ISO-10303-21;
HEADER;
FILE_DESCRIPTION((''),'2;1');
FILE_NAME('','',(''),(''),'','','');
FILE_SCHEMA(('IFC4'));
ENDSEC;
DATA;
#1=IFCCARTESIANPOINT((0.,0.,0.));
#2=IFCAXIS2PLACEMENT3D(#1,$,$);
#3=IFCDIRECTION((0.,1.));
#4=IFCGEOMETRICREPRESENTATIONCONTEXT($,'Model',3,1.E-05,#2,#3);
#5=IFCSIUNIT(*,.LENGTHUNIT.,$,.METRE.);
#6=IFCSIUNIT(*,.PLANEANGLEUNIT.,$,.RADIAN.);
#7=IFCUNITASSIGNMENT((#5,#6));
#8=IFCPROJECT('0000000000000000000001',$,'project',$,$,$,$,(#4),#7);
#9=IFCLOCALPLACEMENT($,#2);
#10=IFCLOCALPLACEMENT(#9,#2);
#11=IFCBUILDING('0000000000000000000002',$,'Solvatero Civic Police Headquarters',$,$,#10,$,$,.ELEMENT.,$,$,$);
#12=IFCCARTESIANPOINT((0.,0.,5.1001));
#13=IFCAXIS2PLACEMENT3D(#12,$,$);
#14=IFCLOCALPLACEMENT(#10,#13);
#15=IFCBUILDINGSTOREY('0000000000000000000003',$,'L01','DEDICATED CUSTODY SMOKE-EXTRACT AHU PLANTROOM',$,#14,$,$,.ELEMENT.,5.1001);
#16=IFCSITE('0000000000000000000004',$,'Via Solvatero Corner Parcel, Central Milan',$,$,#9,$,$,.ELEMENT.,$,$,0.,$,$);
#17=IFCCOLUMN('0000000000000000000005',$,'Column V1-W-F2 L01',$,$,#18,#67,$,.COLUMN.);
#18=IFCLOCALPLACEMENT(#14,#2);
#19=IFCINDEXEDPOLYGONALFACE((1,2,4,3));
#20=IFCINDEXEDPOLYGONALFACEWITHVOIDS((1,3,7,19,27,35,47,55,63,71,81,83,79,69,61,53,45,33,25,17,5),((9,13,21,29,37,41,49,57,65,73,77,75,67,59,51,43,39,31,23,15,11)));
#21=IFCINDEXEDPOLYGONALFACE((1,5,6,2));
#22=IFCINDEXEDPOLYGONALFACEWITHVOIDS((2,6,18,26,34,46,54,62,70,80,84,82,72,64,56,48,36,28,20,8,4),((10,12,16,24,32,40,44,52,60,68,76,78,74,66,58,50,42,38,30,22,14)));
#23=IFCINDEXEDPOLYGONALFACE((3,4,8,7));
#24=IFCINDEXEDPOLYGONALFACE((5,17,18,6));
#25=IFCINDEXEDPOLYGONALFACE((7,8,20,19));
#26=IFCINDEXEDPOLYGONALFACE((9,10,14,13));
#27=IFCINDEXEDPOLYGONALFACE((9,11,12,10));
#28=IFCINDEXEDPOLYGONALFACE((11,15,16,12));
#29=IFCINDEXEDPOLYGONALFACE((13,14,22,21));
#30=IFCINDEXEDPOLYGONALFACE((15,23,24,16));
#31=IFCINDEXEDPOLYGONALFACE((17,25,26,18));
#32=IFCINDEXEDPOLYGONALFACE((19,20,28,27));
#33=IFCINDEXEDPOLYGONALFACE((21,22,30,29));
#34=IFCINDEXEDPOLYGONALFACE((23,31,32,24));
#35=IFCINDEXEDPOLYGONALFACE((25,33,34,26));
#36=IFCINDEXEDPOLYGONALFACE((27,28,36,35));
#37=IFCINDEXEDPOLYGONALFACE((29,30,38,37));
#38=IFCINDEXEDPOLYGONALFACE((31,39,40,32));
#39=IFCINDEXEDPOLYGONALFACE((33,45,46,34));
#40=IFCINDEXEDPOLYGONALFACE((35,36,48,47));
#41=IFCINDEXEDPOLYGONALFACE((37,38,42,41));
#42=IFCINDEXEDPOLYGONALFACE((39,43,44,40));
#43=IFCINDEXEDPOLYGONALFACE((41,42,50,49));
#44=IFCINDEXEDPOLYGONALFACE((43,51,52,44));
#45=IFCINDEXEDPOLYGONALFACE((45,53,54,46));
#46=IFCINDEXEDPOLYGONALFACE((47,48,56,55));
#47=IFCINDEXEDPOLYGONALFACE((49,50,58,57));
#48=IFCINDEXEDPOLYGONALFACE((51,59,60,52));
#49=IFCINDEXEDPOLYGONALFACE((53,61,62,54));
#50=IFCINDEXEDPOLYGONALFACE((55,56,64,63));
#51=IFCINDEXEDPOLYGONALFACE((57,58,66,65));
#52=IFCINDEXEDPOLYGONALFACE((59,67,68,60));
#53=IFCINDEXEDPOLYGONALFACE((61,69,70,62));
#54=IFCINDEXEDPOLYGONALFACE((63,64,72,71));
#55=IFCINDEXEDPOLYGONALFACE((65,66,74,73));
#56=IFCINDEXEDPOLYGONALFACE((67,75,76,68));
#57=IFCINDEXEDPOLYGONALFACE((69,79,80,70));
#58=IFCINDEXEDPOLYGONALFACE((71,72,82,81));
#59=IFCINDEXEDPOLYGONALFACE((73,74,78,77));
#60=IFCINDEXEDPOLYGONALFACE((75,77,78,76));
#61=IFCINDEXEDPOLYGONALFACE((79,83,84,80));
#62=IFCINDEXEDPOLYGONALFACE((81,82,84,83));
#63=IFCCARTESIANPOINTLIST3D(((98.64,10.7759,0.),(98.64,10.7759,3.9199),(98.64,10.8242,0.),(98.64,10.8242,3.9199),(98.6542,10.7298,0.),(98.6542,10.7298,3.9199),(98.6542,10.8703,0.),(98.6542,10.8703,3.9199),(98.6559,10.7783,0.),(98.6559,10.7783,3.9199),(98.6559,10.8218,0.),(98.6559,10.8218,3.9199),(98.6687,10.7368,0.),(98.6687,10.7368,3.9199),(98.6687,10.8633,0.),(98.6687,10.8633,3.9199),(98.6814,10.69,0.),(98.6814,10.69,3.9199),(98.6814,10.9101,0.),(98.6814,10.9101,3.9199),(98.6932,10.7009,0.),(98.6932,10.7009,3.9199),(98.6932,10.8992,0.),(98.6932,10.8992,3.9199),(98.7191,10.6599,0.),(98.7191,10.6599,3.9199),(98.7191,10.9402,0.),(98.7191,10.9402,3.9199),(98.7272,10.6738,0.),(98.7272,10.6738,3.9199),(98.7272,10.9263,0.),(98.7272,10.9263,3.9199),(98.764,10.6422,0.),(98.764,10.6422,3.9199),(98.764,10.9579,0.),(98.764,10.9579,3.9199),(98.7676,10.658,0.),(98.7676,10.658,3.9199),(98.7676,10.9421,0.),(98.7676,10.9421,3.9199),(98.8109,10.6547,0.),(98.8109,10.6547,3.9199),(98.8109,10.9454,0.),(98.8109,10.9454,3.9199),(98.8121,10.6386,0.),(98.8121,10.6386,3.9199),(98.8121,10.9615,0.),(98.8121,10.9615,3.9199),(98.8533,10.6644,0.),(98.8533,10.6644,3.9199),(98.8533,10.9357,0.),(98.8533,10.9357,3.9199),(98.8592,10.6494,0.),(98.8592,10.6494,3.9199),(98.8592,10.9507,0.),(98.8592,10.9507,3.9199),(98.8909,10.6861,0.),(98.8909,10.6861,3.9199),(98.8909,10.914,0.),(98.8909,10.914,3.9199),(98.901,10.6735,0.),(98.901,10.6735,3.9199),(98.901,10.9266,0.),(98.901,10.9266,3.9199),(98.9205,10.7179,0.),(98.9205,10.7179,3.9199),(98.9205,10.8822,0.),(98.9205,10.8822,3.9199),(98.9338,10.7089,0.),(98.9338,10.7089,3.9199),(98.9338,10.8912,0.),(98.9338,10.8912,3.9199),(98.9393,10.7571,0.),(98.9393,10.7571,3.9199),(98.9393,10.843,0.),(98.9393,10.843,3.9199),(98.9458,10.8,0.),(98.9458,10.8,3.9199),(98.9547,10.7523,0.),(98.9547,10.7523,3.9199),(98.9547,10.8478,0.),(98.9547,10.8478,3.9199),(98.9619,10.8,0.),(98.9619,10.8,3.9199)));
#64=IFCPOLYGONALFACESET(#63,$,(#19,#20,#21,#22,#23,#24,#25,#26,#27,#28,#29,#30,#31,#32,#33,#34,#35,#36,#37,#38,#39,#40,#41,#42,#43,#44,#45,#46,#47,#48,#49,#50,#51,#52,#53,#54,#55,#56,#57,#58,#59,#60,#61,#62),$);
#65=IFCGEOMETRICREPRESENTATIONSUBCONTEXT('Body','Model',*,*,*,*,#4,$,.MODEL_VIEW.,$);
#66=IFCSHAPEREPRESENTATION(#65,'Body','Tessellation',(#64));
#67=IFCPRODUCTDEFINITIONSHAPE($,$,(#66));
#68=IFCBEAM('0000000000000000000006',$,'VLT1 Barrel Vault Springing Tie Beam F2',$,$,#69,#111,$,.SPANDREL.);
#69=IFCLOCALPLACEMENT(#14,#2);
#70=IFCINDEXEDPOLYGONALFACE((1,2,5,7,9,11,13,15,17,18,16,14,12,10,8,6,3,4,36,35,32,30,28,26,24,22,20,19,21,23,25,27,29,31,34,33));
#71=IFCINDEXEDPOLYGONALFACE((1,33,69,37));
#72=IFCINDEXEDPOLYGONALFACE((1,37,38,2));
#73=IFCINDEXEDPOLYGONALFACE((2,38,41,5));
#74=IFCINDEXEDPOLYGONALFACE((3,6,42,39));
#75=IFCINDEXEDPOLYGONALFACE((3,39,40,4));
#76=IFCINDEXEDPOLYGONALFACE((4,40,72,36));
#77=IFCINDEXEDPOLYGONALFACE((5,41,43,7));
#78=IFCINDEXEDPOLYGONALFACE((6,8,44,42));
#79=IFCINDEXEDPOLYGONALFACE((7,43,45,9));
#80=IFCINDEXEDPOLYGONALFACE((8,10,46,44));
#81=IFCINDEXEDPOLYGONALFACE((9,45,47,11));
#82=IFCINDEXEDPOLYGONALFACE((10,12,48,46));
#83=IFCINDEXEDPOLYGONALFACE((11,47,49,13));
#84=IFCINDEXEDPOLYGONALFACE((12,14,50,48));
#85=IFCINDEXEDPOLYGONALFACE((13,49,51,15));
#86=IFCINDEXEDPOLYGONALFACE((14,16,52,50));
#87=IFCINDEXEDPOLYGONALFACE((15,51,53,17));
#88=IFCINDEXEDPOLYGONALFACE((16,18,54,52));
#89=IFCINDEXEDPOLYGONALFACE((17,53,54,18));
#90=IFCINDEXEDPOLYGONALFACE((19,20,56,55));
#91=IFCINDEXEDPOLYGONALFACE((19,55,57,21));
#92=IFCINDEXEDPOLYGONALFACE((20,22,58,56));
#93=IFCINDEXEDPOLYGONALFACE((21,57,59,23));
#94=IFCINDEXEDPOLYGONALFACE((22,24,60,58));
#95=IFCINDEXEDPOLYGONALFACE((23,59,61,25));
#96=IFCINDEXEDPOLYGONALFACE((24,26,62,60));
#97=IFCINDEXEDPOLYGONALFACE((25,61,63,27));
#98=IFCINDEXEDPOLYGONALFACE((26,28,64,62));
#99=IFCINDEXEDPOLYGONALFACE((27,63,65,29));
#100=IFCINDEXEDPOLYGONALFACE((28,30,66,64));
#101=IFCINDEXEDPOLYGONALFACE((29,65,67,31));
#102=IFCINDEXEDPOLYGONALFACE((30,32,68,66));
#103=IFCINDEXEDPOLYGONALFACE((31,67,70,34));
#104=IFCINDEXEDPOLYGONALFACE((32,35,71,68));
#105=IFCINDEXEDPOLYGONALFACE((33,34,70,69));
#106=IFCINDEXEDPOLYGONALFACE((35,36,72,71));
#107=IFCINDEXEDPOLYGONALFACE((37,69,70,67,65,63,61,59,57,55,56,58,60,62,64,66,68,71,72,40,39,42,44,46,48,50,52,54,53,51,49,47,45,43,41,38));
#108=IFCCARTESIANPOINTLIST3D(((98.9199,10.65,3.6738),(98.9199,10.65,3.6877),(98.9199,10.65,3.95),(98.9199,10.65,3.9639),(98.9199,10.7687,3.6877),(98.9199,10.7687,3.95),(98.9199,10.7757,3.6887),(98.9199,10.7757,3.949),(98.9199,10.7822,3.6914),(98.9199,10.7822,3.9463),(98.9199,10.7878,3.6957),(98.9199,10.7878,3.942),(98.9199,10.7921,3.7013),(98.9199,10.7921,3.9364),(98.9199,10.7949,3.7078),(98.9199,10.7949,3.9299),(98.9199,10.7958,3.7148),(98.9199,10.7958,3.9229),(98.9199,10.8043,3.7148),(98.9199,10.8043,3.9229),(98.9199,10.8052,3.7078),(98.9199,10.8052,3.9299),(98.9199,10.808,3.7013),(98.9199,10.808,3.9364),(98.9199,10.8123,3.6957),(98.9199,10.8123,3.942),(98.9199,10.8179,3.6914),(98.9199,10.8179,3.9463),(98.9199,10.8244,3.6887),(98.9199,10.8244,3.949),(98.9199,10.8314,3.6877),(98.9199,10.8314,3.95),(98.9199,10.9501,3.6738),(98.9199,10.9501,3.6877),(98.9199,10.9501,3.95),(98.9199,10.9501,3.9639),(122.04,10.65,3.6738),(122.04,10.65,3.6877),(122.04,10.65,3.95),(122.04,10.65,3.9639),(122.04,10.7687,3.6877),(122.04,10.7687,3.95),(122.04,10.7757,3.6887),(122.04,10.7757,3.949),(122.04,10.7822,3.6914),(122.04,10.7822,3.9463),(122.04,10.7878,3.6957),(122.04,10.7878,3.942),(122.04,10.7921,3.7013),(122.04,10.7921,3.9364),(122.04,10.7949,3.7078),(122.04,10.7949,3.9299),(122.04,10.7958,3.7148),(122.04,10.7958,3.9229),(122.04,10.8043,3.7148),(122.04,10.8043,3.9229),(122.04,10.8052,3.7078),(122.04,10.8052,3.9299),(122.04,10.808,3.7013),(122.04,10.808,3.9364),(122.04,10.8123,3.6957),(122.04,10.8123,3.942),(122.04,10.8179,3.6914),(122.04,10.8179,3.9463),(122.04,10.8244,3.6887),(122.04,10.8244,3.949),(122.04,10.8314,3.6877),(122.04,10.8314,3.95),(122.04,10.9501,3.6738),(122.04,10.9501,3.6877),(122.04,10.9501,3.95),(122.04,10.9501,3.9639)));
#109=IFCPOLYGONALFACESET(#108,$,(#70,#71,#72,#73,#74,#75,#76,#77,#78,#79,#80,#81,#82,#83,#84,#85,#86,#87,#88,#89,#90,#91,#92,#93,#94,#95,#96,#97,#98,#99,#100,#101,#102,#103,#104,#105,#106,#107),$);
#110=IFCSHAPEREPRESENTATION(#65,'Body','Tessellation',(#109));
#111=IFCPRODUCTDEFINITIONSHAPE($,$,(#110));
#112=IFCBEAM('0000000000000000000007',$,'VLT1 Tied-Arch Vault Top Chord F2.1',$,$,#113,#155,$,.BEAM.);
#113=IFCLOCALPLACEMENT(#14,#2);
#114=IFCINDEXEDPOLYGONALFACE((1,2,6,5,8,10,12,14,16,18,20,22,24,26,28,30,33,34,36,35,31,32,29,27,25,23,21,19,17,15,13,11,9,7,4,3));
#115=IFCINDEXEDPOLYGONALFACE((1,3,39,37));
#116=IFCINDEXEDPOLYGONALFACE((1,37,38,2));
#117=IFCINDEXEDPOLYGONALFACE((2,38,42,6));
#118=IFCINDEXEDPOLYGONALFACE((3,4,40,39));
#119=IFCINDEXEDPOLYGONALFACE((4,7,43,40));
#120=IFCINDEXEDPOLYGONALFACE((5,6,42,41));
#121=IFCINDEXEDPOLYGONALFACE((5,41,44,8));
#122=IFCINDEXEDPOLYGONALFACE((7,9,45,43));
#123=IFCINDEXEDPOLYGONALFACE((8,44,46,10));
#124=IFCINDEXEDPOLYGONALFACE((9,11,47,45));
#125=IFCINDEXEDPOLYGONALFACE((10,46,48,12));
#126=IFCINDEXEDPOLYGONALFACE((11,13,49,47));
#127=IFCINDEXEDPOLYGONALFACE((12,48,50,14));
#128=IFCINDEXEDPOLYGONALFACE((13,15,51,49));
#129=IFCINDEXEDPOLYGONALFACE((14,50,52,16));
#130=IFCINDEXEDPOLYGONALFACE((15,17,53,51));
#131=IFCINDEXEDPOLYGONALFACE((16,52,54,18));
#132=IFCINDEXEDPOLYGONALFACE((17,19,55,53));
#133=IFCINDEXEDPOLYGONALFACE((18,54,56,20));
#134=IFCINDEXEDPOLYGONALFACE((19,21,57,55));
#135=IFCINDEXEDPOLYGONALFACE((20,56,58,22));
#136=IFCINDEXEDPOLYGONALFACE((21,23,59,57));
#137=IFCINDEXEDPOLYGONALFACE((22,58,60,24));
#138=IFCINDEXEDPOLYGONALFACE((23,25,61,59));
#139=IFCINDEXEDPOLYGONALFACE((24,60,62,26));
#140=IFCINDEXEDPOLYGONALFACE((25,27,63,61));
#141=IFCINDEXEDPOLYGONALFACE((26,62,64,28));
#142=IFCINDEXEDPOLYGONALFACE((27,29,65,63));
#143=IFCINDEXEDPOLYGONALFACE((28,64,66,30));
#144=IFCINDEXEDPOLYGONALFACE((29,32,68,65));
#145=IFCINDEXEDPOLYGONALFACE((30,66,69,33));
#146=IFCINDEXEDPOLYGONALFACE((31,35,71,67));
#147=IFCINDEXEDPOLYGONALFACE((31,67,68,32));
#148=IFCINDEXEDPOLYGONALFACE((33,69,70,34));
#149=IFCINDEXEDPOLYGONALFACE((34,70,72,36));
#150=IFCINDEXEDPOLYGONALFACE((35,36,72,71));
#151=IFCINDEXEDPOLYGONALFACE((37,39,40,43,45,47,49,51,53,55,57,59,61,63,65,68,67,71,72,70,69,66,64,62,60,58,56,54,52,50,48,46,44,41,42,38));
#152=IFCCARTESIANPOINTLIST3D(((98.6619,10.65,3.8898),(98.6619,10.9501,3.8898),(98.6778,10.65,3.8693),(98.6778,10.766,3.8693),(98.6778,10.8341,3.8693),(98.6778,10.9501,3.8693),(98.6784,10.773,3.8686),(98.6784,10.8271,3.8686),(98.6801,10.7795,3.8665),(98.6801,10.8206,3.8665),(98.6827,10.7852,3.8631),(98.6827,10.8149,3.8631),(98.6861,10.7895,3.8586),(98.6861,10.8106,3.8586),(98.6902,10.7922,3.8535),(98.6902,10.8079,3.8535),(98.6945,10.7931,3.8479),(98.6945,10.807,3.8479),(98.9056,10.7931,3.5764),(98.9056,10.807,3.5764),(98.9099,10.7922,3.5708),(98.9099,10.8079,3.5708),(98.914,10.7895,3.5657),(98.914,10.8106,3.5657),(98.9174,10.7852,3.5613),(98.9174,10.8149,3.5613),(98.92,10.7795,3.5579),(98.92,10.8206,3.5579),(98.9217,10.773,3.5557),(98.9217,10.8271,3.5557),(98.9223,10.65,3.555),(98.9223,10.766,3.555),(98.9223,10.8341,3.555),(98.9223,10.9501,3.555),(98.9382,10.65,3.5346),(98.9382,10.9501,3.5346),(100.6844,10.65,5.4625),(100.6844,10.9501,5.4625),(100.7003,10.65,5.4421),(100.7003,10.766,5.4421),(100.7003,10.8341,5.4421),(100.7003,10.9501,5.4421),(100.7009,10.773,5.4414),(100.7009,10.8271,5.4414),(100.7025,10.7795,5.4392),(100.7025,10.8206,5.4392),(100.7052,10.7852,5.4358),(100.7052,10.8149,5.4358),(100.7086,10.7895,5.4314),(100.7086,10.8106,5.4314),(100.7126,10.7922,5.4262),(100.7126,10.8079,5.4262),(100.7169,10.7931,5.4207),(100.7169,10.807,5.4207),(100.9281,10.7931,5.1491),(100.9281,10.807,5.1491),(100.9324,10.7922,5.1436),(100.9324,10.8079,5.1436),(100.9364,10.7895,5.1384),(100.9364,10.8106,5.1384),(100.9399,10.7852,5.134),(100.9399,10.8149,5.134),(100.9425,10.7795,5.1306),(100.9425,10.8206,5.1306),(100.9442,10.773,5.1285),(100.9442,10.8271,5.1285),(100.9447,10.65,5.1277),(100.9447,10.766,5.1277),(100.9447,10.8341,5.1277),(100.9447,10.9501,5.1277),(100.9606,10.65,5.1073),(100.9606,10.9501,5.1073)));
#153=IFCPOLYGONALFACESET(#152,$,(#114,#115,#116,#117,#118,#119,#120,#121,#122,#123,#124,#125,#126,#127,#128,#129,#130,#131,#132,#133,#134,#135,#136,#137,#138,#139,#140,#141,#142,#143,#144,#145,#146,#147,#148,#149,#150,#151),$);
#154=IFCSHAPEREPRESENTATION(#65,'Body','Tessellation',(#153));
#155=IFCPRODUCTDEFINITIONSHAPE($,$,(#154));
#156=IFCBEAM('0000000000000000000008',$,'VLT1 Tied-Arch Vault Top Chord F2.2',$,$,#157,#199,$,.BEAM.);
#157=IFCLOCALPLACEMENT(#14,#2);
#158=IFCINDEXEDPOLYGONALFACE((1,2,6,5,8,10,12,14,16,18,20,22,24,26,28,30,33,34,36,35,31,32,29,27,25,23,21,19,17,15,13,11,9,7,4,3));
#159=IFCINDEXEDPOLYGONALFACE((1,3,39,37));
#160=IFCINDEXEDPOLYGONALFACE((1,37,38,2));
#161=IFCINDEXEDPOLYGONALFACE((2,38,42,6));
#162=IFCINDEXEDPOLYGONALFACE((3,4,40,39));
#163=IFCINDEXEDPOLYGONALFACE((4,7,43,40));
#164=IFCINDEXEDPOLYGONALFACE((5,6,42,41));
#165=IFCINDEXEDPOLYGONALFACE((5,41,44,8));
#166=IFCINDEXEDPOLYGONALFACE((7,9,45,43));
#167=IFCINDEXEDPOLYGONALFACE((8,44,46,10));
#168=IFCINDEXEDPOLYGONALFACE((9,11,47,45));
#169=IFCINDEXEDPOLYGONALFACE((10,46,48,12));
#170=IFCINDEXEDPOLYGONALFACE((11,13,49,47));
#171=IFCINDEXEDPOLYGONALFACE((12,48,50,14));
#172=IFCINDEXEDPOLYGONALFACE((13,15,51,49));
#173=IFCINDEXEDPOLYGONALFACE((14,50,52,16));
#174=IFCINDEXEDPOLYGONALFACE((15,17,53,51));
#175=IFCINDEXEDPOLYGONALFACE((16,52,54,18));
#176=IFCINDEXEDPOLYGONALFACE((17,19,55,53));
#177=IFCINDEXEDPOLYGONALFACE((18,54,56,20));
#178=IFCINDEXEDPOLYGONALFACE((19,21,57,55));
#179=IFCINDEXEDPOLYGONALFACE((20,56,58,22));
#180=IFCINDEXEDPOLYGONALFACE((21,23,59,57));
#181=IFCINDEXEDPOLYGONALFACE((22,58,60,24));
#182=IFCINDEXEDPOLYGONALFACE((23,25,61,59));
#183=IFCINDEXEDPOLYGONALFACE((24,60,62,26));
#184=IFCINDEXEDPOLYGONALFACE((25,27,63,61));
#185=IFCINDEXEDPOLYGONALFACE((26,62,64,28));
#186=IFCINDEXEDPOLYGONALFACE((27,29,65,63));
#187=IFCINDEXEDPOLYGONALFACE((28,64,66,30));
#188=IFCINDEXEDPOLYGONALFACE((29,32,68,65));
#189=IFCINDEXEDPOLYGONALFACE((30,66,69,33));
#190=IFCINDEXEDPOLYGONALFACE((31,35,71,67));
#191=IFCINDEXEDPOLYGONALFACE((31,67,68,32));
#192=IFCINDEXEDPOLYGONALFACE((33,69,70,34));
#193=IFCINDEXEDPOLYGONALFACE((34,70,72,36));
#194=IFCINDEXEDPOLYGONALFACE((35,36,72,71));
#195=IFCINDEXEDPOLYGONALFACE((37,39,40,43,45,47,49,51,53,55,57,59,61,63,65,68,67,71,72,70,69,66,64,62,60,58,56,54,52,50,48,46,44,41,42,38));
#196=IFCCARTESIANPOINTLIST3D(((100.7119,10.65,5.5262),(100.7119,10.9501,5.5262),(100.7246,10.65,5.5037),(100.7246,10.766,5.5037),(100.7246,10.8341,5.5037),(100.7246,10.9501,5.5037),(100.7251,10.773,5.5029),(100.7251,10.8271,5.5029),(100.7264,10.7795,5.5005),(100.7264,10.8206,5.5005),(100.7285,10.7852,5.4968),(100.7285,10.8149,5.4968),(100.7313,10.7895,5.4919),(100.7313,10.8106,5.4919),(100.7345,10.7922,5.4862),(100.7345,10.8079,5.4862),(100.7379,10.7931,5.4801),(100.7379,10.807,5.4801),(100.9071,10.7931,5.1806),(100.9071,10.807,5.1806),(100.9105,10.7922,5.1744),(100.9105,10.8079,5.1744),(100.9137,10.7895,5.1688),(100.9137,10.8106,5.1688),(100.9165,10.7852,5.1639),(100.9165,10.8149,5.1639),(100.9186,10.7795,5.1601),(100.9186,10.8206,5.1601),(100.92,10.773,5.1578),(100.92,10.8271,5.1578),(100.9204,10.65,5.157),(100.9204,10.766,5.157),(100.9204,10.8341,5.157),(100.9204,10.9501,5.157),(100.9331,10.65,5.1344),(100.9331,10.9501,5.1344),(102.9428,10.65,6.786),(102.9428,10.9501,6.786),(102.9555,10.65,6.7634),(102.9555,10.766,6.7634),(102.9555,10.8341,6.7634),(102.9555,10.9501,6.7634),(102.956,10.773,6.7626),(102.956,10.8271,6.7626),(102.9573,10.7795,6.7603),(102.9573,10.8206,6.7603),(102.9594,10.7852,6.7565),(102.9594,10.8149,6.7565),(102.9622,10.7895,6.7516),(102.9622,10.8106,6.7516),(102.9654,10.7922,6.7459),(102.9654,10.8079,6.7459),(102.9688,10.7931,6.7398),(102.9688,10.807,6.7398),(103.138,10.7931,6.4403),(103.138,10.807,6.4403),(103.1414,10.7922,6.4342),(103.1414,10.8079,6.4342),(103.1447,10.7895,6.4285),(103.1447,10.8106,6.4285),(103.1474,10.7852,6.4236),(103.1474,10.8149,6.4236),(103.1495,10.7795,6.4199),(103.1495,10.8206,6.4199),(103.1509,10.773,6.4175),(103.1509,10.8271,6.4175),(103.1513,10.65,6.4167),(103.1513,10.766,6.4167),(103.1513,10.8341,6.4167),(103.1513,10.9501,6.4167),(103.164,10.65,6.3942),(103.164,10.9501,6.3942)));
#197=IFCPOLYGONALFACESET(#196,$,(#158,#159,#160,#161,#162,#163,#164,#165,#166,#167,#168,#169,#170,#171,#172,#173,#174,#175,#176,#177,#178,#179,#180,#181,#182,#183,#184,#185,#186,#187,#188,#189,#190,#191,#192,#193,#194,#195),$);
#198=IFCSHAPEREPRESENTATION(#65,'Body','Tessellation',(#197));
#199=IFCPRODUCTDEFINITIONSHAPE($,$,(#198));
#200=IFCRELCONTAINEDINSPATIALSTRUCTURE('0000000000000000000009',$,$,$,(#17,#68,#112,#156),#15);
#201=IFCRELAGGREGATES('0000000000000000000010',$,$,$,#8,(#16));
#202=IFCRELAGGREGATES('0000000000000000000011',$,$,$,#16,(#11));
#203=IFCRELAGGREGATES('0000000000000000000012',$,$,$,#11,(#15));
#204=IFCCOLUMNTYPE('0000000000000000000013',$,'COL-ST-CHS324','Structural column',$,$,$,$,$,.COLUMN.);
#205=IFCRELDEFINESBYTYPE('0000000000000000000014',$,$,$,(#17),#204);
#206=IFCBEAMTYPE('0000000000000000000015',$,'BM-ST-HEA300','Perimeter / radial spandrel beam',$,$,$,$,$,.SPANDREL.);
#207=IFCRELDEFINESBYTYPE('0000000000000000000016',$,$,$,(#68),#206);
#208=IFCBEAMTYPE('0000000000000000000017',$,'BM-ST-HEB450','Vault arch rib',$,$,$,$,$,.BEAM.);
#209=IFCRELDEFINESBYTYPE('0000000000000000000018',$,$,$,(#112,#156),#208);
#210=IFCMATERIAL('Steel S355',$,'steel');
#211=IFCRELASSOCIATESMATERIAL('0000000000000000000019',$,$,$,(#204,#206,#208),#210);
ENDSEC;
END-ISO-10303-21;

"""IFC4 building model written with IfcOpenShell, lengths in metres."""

from ifc_helpers import new_model, si_unit, direction, frame, origin, origin_2d, place, context, subcontext, project, spatial, hollow_circle, i_section, extrude, material, material_profile, profile_set, type_object, element, save


model = new_model("IFC4")

# Units and contexts
model_context = context("Model", 3, precision=1e-05, world=origin(), true_north=direction((0.0, 1.0)))
body_context = subcontext(model_context, "Body", "Model", "MODEL_VIEW")
ifc_project = project(units=[si_unit("LENGTHUNIT", "METRE"), si_unit("PLANEANGLEUNIT", "RADIAN")], contexts=[model_context])

# Site, building, storey
site_placement = place(None, origin())
site = spatial("IfcSite", under=ifc_project, at=site_placement, Name="Via Solvatero Corner Parcel, Central Milan", CompositionType="ELEMENT", RefElevation=0.0)
building_placement = place(site_placement, origin())
building = spatial("IfcBuilding", under=site, at=building_placement, Name="Solvatero Civic Police Headquarters", CompositionType="ELEMENT")
storey_placement = place(building_placement, frame((0.0, 0.0, 5.1001)))
storey = spatial("IfcBuildingStorey", under=building, at=storey_placement, Name="L01", Description="DEDICATED CUSTODY SMOKE-EXTRACT AHU PLANTROOM", CompositionType="ELEMENT", Elevation=5.1001)

# Column
ifc_material_1 = material(Name="Steel S355", Category="steel")
ifc_material_profile_1 = material_profile(ifc_material_1, hollow_circle(Radius=0.1619, WallThickness=0.0161, at=origin_2d()), Name="CHS 323.9x16.0")
ifc_profile_set_1 = profile_set([ifc_material_profile_1], Name="Steel S355")
column_type = type_object("IfcColumnType", Name="COL-ST-CHS324", Description="Structural column", PredefinedType="COLUMN", material=ifc_profile_set_1)
column_placement = place(storey_placement, frame((98.8, 10.8, 0.0), z_axis=(0.0, 0.0, 1.0), x_axis=(1.0, 0.0, 0.0)))
element("IfcColumn", 1, at=column_placement, inside=storey, type_object=column_type, Name="Column V1-W-F2 L01", PredefinedType="COLUMN", context=body_context, shape_type="SweptSolid", body=[
    extrude(hollow_circle(Radius=0.1619, WallThickness=0.0161, at=origin_2d()), origin(), (0.0, 0.0, 1.0), 3.9199),
])

# Beams
ifc_material_profile_2 = material_profile(ifc_material_1, i_section(OverallWidth=0.3, OverallDepth=0.29, WebThickness=0.0085, FlangeThickness=0.0139, FilletRadius=0.0271, at=origin_2d()), Name="HEA 300")
ifc_profile_set_2 = profile_set([ifc_material_profile_2], Name="Steel S355")
beam_type_1 = type_object("IfcBeamType", Name="BM-ST-HEA300", Description="Perimeter / radial spandrel beam", PredefinedType="SPANDREL", material=ifc_profile_set_2)
beam_placement = place(storey_placement, frame((98.9199, 10.8, 3.8188), z_axis=(1.0, 0.0, 0.0), x_axis=(0.0, 1.0, 0.0)))
element("IfcBeam", 2, at=beam_placement, inside=storey, type_object=beam_type_1, Name="VLT1 Barrel Vault Springing Tie Beam F2", PredefinedType="SPANDREL", context=body_context, shape_type="SweptSolid", body=[
    extrude(i_section(OverallWidth=0.3, OverallDepth=0.29, WebThickness=0.0085, FlangeThickness=0.0139, FilletRadius=0.0271, at=origin_2d()), origin(), (0.0, 0.0, 1.0), 23.1201),
])
ifc_material_profile_3 = material_profile(ifc_material_1, i_section(OverallWidth=0.3, OverallDepth=0.45, WebThickness=0.0139, FlangeThickness=0.0259, FilletRadius=0.0271, at=origin_2d()), Name="HEB 450")
ifc_profile_set_3 = profile_set([ifc_material_profile_3], Name="Steel S355")
beam_type_2 = type_object("IfcBeamType", Name="BM-ST-HEB450", Description="Vault arch rib", PredefinedType="BEAM", material=ifc_profile_set_3)
for number, where, z_axis, x_axis, name in (
    (3, (98.8, 10.8, 3.7122), (0.789404, 0.0, 0.613875), (0.0, 1.0, 0.0), "VLT1 Tied-Arch Vault Top Chord F2.1"),
    (4, (100.8225, 10.8, 5.3303), (0.870765, 0.0, 0.491699), (0.0, 1.0, 0.0), "VLT1 Tied-Arch Vault Top Chord F2.2"),
):
    element("IfcBeam", number, at=place(storey_placement, frame(where, z_axis=z_axis, x_axis=x_axis)), inside=storey, type_object=beam_type_2, Name=name, PredefinedType="BEAM", context=body_context, shape_type="SweptSolid", body=[
        extrude(i_section(OverallWidth=0.3, OverallDepth=0.45, WebThickness=0.0139, FlangeThickness=0.0259, FilletRadius=0.0271, at=origin_2d()), origin(), (0.0, 0.0, 1.0), 2.562),
    ])

save(model, "model.ifc")
